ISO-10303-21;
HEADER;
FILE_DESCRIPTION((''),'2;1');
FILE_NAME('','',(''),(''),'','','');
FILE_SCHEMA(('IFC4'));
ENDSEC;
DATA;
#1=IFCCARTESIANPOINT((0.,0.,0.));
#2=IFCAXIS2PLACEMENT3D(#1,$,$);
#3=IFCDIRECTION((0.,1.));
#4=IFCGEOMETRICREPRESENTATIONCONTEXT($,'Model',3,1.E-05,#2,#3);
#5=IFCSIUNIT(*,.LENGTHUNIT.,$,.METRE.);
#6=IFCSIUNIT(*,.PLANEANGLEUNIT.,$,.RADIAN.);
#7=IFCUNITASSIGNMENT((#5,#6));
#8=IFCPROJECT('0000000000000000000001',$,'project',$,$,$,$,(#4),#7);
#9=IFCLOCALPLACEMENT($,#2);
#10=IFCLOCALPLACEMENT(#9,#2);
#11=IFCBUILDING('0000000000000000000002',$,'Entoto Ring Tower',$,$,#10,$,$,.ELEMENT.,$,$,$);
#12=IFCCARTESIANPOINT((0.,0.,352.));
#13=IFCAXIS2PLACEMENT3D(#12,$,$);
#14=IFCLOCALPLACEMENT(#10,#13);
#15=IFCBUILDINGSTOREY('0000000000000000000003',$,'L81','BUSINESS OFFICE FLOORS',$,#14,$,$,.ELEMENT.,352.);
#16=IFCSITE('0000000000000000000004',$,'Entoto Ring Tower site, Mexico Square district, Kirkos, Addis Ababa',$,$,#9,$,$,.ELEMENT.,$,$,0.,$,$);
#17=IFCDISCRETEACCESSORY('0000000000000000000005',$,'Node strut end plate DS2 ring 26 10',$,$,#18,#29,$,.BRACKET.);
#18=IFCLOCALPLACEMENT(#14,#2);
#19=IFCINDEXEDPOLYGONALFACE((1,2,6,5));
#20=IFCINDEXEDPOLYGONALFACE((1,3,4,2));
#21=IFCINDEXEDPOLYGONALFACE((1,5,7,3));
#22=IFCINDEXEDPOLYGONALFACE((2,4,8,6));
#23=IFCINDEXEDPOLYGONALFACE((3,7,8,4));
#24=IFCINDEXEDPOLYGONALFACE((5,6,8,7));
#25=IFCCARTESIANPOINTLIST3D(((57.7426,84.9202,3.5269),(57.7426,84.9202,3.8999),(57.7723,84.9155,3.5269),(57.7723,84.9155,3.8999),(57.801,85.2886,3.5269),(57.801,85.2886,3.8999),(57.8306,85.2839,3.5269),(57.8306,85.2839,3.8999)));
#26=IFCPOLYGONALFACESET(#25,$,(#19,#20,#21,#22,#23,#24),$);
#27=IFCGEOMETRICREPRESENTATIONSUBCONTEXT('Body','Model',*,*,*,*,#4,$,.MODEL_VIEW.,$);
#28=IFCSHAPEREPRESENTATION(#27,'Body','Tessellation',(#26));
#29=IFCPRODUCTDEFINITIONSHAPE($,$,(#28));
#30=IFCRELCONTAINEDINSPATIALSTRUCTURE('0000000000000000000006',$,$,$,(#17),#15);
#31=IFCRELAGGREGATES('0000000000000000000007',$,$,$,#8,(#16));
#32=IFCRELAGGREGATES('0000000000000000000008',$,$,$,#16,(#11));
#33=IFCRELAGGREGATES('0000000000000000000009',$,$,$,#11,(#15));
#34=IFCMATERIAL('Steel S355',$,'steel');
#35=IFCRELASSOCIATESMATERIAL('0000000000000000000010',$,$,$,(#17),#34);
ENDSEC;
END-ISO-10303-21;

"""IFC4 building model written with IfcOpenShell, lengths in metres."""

from ifc_helpers import new_model, si_unit, direction, frame, origin, origin_2d, place, context, subcontext, project, spatial, rectangle, extrude, material, element, save


model = new_model("IFC4")

# Units and contexts
model_context = context("Model", 3, precision=1e-05, world=origin(), true_north=direction((0.0, 1.0)))
body_context = subcontext(model_context, "Body", "Model", "MODEL_VIEW")
ifc_project = project(units=[si_unit("LENGTHUNIT", "METRE"), si_unit("PLANEANGLEUNIT", "RADIAN")], contexts=[model_context])

# Site, building, storey
site_placement = place(None, origin())
site = spatial("IfcSite", under=ifc_project, at=site_placement, Name="Entoto Ring Tower site, Mexico Square district, Kirkos, Addis Ababa", CompositionType="ELEMENT", RefElevation=0.0)
building_placement = place(site_placement, origin())
building = spatial("IfcBuilding", under=site, at=building_placement, Name="Entoto Ring Tower", CompositionType="ELEMENT")
storey_placement = place(building_placement, frame((0.0, 0.0, 352.0)))
storey = spatial("IfcBuildingStorey", under=building, at=storey_placement, Name="L81", Description="BUSINESS OFFICE FLOORS", CompositionType="ELEMENT", Elevation=352.0)

# Discrete accessory
ifc_material_1 = material(Name="Steel S355", Category="steel")
for number, where, z_axis, x_axis, name in (
    (1, (57.7866, 85.1021, 3.5269), (0.0, 0.0, 1.0), (-0.987688, 0.156434, 0.0), "Node strut end plate DS2 ring 26 10"),
):
    element("IfcDiscreteAccessory", number, at=place(storey_placement, frame(where, z_axis=z_axis, x_axis=x_axis)), inside=storey, material=ifc_material_1, Name=name, PredefinedType="BRACKET", context=body_context, shape_type="SweptSolid", body=[
        extrude(rectangle(XDim=0.03, YDim=0.373, at=origin_2d()), origin(), (0.0, 0.0, 1.0), 0.373),
    ])

save(model, "model.ifc")
